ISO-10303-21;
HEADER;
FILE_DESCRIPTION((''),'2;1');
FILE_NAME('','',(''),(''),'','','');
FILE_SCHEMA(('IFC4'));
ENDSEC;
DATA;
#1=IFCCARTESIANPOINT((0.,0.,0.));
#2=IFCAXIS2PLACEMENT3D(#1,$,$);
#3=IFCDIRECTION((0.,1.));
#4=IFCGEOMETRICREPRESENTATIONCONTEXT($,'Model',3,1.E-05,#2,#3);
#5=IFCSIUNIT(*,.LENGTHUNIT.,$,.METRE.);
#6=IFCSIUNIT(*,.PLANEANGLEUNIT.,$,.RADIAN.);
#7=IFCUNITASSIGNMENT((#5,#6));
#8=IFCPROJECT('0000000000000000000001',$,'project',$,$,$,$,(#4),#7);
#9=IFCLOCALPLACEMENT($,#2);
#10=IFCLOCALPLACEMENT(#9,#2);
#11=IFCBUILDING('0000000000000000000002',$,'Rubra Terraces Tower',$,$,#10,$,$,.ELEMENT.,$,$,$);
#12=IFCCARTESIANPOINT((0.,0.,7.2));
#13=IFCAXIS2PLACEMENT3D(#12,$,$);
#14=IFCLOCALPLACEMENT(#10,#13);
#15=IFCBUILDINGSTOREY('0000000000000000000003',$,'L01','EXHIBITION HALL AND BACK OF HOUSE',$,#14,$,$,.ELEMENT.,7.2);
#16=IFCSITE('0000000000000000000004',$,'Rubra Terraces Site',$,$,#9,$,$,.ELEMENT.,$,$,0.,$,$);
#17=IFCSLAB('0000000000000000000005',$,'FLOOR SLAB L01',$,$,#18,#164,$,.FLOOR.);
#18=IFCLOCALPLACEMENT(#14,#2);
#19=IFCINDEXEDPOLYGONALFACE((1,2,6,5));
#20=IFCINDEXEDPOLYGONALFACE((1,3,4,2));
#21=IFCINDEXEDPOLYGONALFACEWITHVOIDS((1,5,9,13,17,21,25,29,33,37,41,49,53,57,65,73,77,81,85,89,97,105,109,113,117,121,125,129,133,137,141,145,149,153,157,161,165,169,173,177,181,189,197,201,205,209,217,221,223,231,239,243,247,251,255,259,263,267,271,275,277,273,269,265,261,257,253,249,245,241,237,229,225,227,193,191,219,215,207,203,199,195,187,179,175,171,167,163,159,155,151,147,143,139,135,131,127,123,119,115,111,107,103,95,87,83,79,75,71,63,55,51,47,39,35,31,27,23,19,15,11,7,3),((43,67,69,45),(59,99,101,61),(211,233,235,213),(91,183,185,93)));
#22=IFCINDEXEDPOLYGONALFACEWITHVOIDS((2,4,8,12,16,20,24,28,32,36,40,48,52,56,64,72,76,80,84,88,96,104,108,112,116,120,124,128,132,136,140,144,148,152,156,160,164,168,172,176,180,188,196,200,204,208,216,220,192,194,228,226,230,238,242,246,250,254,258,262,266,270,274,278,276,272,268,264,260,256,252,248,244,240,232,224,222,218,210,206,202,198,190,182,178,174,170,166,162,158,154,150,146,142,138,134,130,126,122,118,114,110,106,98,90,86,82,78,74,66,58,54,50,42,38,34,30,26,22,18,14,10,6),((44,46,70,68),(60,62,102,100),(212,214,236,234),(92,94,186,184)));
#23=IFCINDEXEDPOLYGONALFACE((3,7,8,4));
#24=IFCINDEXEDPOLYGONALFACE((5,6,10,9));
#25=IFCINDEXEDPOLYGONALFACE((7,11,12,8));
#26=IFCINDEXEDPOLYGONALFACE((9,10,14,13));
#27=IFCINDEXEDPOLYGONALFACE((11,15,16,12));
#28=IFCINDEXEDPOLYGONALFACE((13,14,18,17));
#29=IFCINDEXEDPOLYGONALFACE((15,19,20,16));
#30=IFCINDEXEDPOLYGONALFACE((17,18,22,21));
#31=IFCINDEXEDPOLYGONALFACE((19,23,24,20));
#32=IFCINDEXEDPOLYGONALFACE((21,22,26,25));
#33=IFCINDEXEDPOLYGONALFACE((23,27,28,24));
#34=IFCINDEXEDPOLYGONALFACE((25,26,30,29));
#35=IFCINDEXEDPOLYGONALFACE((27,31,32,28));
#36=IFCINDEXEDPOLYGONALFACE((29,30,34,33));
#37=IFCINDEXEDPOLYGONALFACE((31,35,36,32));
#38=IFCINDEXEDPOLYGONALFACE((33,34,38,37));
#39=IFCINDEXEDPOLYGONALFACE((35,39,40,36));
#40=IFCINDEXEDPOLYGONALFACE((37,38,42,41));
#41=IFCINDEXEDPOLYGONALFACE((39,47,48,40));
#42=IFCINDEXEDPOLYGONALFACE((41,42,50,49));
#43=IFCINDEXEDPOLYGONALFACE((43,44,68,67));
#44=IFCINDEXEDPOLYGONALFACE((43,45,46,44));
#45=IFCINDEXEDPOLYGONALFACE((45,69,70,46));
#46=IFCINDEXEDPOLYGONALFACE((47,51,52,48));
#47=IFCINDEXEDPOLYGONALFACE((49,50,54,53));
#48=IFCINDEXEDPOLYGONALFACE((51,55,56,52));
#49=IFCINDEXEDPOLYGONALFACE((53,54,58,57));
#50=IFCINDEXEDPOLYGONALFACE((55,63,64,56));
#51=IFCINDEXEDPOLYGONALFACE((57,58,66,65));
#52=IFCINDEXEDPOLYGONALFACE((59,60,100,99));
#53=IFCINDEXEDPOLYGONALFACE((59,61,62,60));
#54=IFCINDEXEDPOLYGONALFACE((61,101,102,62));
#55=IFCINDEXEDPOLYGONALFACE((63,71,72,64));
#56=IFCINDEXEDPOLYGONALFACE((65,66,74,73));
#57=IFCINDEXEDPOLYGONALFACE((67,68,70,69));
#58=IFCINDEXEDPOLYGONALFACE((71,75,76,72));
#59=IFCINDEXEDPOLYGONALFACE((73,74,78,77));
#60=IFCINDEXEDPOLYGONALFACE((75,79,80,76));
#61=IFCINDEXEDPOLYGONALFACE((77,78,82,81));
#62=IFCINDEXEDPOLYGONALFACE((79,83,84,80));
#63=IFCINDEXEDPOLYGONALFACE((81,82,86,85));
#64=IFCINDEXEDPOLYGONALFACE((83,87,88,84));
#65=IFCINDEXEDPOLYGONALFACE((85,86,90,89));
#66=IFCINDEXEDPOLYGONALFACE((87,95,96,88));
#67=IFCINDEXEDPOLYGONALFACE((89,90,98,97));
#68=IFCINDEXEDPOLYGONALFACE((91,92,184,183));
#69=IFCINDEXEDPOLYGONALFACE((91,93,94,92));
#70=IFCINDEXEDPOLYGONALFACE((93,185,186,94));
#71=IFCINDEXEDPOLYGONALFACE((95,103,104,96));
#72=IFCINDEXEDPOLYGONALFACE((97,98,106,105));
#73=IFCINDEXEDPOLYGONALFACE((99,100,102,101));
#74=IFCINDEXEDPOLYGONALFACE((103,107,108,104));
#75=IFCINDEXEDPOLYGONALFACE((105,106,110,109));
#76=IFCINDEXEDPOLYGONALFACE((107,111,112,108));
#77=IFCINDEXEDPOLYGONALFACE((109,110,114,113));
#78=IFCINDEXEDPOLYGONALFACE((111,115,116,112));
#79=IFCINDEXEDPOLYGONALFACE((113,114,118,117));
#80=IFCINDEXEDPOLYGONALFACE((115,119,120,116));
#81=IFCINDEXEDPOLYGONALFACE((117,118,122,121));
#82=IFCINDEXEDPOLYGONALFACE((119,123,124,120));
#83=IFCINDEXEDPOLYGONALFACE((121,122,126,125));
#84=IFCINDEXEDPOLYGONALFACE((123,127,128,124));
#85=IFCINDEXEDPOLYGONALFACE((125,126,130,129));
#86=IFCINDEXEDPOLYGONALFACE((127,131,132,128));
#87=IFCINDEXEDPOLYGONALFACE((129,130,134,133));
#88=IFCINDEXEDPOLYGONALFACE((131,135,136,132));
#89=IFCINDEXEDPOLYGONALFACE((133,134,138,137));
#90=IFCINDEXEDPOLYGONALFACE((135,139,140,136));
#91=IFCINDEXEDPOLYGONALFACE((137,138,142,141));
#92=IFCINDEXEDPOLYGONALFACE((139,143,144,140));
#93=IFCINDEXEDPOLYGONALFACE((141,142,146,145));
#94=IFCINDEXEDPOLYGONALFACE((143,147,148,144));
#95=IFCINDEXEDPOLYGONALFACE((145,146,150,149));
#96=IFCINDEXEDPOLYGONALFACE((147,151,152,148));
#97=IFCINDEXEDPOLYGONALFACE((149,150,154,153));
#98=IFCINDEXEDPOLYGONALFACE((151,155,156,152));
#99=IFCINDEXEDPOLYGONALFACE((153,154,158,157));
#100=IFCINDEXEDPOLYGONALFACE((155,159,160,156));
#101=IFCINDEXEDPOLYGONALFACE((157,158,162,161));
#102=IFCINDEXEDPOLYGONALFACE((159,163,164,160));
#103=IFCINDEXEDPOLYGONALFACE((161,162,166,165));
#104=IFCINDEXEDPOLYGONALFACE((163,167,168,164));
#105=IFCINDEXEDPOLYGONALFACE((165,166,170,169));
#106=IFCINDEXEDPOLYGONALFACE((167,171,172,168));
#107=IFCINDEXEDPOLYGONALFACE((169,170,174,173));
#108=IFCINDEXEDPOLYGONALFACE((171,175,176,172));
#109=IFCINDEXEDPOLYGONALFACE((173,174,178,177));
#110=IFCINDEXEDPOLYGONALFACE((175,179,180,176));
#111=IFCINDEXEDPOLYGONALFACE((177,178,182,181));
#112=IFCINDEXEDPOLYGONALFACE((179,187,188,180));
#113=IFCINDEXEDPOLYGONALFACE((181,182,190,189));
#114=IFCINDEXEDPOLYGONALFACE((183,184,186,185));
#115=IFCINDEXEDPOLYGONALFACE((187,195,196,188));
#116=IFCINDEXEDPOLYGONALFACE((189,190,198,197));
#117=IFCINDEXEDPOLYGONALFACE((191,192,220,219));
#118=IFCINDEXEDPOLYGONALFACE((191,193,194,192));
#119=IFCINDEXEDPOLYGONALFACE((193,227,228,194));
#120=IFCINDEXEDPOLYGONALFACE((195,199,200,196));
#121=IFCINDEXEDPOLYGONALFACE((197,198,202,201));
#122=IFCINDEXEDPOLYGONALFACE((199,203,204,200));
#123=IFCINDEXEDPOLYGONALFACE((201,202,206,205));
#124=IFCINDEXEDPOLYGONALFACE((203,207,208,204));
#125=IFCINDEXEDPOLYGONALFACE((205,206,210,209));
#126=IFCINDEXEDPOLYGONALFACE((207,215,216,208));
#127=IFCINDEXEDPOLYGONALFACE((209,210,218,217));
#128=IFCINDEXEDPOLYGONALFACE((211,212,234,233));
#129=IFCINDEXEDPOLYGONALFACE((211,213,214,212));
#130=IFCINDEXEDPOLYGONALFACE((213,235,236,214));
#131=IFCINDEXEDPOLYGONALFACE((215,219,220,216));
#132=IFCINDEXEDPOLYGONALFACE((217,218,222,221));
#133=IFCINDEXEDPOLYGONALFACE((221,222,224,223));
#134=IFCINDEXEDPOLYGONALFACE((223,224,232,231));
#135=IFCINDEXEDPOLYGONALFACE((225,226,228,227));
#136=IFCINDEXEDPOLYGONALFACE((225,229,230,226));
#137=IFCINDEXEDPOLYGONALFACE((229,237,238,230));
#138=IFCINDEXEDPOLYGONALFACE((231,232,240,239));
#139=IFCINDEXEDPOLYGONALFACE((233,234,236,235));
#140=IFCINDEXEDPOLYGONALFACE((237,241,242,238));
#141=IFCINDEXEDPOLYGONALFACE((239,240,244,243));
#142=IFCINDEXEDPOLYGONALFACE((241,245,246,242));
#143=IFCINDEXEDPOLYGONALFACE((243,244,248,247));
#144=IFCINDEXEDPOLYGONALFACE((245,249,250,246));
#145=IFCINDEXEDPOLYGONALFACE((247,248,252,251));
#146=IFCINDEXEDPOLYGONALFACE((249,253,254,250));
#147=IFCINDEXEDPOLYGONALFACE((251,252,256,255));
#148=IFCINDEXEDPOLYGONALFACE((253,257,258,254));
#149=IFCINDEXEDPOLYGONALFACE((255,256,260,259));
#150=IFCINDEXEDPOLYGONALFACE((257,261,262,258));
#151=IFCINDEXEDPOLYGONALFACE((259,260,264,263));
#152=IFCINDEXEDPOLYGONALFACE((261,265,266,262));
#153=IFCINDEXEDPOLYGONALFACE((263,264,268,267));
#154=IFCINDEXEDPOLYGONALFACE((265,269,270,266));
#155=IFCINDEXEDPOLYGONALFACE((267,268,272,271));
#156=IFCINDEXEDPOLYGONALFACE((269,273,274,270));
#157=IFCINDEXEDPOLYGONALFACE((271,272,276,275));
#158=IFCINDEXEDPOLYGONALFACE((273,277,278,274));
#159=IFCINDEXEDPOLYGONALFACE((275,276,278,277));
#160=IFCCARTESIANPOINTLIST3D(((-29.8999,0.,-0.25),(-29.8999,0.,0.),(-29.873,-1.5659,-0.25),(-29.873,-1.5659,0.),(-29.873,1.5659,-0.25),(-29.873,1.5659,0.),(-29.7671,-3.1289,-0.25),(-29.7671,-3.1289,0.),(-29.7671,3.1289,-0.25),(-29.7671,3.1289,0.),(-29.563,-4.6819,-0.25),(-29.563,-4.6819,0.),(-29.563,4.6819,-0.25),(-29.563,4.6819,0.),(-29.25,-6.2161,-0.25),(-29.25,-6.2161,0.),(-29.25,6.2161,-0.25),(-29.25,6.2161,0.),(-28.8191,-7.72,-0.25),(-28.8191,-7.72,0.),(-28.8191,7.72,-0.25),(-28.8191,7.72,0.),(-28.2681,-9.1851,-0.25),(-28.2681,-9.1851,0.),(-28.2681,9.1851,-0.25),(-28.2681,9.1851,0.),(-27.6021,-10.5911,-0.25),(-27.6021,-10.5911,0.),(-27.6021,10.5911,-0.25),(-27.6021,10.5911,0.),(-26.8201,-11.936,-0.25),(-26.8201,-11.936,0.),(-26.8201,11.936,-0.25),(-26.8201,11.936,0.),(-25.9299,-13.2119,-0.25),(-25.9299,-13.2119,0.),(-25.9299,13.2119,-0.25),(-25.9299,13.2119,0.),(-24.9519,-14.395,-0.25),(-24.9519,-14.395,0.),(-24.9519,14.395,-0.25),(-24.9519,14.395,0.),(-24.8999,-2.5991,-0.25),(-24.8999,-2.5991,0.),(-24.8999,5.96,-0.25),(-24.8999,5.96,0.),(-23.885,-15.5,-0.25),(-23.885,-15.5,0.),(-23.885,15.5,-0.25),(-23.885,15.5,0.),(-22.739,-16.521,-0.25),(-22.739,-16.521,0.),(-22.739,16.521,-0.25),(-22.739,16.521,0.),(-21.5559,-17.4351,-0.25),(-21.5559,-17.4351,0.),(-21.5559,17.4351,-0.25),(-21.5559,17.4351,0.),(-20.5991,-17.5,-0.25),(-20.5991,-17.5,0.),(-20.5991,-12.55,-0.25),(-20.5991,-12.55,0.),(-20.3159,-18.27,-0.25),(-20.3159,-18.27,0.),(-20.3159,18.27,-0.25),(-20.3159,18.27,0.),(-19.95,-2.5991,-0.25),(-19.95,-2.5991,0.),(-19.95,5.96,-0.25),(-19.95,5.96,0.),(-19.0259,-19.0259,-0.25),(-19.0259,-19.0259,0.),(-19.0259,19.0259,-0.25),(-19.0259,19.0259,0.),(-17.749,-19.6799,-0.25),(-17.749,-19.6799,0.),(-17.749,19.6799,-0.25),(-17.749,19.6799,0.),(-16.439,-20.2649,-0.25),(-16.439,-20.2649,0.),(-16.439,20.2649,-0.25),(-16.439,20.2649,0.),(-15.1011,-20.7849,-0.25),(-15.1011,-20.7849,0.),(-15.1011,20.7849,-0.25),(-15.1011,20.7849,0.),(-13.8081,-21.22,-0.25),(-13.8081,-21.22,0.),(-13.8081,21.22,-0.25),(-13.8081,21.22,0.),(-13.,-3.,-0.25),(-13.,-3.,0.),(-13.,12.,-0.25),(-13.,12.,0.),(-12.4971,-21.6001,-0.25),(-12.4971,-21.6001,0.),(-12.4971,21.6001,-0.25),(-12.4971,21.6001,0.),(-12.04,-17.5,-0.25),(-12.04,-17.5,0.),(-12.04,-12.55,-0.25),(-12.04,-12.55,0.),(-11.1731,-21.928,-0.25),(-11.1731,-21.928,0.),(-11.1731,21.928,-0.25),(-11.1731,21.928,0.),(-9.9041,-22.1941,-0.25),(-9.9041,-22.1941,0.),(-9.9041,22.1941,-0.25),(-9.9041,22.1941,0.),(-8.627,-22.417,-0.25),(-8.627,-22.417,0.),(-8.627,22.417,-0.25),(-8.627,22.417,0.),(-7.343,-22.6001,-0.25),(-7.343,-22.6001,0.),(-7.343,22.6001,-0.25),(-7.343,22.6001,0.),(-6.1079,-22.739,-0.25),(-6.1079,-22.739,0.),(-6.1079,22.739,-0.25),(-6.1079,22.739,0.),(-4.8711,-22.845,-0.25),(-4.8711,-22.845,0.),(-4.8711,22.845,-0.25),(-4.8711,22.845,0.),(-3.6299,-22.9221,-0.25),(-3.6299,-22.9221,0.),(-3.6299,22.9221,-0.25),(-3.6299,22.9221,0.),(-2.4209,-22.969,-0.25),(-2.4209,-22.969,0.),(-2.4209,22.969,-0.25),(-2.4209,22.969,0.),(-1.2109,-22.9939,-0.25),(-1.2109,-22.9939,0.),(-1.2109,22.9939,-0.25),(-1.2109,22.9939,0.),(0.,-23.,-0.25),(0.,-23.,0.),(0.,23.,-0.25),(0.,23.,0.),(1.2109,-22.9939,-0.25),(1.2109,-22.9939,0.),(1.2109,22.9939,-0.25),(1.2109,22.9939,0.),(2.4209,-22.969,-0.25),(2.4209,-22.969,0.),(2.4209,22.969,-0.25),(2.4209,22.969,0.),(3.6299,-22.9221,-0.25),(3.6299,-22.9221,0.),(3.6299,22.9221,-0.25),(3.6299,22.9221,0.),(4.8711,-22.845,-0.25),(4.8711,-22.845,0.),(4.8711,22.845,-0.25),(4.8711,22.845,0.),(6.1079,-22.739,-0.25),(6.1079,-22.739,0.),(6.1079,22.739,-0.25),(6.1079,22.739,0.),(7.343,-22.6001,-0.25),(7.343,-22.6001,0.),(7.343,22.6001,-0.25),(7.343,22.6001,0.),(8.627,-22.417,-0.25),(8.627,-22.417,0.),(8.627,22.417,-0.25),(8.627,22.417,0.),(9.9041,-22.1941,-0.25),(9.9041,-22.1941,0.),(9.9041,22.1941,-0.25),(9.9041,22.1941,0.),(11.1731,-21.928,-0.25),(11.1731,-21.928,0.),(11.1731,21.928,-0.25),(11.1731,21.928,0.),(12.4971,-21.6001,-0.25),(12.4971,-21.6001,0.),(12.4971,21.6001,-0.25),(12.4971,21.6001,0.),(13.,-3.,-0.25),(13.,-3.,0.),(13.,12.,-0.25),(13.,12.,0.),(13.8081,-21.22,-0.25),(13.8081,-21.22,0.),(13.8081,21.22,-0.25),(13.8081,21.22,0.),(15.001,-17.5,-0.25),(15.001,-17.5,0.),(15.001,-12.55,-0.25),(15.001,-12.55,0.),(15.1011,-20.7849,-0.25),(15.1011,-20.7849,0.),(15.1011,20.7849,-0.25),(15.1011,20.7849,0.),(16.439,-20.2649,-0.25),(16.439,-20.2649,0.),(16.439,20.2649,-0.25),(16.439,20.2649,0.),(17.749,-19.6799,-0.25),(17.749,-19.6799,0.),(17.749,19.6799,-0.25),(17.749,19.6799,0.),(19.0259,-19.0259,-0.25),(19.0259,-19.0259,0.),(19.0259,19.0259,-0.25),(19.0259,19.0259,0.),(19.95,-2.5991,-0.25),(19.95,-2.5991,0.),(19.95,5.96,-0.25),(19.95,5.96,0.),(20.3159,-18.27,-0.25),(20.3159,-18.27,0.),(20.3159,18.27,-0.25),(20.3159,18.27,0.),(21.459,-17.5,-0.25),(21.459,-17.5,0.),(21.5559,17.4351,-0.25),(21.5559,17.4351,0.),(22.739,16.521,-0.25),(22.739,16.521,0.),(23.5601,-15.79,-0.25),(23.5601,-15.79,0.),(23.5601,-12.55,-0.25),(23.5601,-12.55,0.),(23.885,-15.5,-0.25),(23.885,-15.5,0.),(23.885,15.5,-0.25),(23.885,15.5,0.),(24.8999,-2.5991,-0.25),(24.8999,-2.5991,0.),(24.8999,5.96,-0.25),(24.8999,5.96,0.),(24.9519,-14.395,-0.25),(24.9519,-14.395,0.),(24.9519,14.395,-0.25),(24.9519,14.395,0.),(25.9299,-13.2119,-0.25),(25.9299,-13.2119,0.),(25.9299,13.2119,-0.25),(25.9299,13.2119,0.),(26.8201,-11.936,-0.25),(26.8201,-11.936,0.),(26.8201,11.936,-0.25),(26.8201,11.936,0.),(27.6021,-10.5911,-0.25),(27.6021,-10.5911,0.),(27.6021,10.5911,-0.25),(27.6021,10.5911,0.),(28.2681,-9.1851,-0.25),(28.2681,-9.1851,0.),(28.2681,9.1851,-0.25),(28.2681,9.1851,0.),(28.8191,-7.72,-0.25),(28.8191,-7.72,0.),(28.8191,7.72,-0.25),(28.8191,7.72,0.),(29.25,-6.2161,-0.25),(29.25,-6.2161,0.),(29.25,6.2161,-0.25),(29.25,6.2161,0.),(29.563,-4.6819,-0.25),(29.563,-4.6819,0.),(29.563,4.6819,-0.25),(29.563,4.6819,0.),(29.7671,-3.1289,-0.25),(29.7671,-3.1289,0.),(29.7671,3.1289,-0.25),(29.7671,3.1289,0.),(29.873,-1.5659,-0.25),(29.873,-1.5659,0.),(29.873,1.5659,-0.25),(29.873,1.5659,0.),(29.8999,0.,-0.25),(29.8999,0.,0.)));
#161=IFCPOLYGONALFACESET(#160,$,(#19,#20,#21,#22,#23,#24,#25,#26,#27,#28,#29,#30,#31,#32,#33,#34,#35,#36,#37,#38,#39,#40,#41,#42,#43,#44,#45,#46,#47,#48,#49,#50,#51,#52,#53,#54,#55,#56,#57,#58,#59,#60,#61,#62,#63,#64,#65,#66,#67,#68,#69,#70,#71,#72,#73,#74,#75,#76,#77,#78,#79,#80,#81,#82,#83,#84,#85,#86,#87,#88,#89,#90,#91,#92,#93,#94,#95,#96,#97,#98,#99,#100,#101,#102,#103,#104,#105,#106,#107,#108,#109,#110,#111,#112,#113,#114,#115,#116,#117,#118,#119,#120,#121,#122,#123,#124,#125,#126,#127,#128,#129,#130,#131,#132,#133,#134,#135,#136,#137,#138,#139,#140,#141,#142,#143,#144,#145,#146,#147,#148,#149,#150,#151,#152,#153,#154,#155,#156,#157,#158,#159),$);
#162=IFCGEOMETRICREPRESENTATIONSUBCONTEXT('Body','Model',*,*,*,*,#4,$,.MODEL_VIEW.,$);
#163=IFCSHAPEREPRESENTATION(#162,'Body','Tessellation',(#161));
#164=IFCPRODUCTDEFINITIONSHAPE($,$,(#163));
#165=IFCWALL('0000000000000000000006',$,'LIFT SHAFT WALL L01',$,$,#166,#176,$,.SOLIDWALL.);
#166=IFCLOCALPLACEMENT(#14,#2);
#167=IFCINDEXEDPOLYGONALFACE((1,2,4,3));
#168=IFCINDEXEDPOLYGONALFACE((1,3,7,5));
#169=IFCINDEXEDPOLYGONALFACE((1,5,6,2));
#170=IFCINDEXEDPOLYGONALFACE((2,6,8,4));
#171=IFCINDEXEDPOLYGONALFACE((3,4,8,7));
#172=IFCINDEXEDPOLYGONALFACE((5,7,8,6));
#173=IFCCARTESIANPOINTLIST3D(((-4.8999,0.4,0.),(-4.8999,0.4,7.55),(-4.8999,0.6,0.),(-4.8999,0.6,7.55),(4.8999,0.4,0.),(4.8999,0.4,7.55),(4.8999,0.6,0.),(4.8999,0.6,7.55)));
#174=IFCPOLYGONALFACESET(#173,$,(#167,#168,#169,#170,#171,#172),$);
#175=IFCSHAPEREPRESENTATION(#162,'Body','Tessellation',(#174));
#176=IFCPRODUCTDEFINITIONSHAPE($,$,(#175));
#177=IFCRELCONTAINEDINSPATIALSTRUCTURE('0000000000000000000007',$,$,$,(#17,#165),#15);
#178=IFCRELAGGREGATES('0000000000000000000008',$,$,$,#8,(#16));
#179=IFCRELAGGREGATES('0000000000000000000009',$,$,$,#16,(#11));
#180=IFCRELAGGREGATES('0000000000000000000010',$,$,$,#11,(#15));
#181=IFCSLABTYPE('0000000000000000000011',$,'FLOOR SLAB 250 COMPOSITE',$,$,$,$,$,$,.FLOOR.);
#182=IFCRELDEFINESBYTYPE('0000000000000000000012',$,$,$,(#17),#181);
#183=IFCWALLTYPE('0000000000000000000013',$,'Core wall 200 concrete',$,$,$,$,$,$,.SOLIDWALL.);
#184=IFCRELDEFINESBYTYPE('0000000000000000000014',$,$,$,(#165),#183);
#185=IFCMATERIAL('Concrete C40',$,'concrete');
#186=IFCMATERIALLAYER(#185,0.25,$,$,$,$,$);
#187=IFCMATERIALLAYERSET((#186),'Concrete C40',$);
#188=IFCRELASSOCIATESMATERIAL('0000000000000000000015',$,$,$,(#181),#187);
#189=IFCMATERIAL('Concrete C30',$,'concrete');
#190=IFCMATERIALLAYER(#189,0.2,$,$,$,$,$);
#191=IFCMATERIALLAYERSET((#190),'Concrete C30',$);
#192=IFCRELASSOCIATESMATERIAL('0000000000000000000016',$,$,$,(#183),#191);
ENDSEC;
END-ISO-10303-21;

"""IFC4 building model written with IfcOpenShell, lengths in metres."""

from ifc_helpers import new_model, si_unit, direction, frame, frame_2d, origin, place, context, subcontext, project, spatial, polyline, rectangle, outline, extrude, material, layer, layer_set, type_object, element, save


model = new_model("IFC4")

# Units and contexts
model_context = context("Model", 3, precision=1e-05, world=origin(), true_north=direction((0.0, 1.0)))
body_context = subcontext(model_context, "Body", "Model", "MODEL_VIEW")
ifc_project = project(units=[si_unit("LENGTHUNIT", "METRE"), si_unit("PLANEANGLEUNIT", "RADIAN")], contexts=[model_context])

# Site, building, storey
site_placement = place(None, origin())
site = spatial("IfcSite", under=ifc_project, at=site_placement, Name="Rubra Terraces Site", CompositionType="ELEMENT", RefElevation=0.0)
building_placement = place(site_placement, origin())
building = spatial("IfcBuilding", under=site, at=building_placement, Name="Rubra Terraces Tower", CompositionType="ELEMENT")
storey_placement = place(building_placement, frame((0.0, 0.0, 7.2)))
storey = spatial("IfcBuildingStorey", under=building, at=storey_placement, Name="L01", Description="EXHIBITION HALL AND BACK OF HOUSE", CompositionType="ELEMENT", Elevation=7.2)

# Slab
ifc_material_1 = material(Name="Concrete C40", Category="concrete")
ifc_layer_1 = layer(ifc_material_1, 0.25)
ifc_layer_set_1 = layer_set([ifc_layer_1], Name="Concrete C40")
slab_type_1 = type_object("IfcSlabType", Name="FLOOR SLAB 250 COMPOSITE", PredefinedType="FLOOR", material=ifc_layer_set_1)
slab_1_placement = place(storey_placement, frame((0.0, 0.0, -0.25)))
element("IfcSlab", 1, at=slab_1_placement, inside=storey, type_object=slab_type_1, Name="FLOOR SLAB L01", PredefinedType="FLOOR", context=body_context, shape_type="SweptSolid", body=[
    extrude(outline(polyline([(28.8191, -7.72), (29.25, -6.2161), (29.563, -4.6819), (29.7671, -3.1289), (29.873, -1.5659), (29.8999, 0.0), (29.873, 1.5659), (29.7671, 3.1289), (29.563, 4.6819), (29.25, 6.2161), (28.8191, 7.72), (28.2681, 9.1851), (27.6021, 10.5911), (26.8201, 11.936), (25.9299, 13.2119), (24.9519, 14.395), (23.885, 15.5), (22.739, 16.521), (21.5559, 17.4351), (20.3159, 18.27), (19.0259, 19.0259), (17.749, 19.6799), (16.439, 20.2649), (15.1011, 20.7849), (13.8081, 21.22), (12.4971, 21.6001), (11.1731, 21.928), (9.9041, 22.1941), (8.627, 22.417), (7.343, 22.6001), (6.1079, 22.739), (4.8711, 22.845), (3.6299, 22.9221), (2.4209, 22.969), (1.2109, 22.9939), (0.0, 23.0), (-1.2109, 22.9939), (-2.4209, 22.969), (-3.6299, 22.9221), (-4.8711, 22.845), (-6.1079, 22.739), (-7.343, 22.6001), (-8.627, 22.417), (-9.9041, 22.1941), (-11.1731, 21.928), (-12.4971, 21.6001), (-13.8081, 21.22), (-15.1011, 20.7849), (-16.439, 20.2649), (-17.749, 19.6799), (-19.0259, 19.0259), (-20.3159, 18.27), (-21.5559, 17.4351), (-22.739, 16.521), (-23.885, 15.5), (-24.9519, 14.395), (-25.9299, 13.2119), (-26.8201, 11.936), (-27.6021, 10.5911), (-28.2681, 9.1851), (-28.8191, 7.72), (-29.25, 6.2161), (-29.563, 4.6819), (-29.7671, 3.1289), (-29.873, 1.5659), (-29.8999, 0.0), (-29.873, -1.5659), (-29.7671, -3.1289), (-29.563, -4.6819), (-29.25, -6.2161), (-28.8191, -7.72), (-28.2681, -9.1851), (-27.6021, -10.5911), (-26.8201, -11.936), (-25.9299, -13.2119), (-24.9519, -14.395), (-23.885, -15.5), (-22.739, -16.521), (-21.5559, -17.4351), (-20.3159, -18.27), (-19.0259, -19.0259), (-17.749, -19.6799), (-16.439, -20.2649), (-15.1011, -20.7849), (-13.8081, -21.22), (-12.4971, -21.6001), (-11.1731, -21.928), (-9.9041, -22.1941), (-8.627, -22.417), (-7.343, -22.6001), (-6.1079, -22.739), (-4.8711, -22.845), (-3.6299, -22.9221), (-2.4209, -22.969), (-1.2109, -22.9939), (0.0, -23.0), (1.2109, -22.9939), (2.4209, -22.969), (3.6299, -22.9221), (4.8711, -22.845), (6.1079, -22.739), (7.343, -22.6001), (8.627, -22.417), (9.9041, -22.1941), (11.1731, -21.928), (12.4971, -21.6001), (13.8081, -21.22), (15.1011, -20.7849), (16.439, -20.2649), (17.749, -19.6799), (19.0259, -19.0259), (20.3159, -18.27), (21.459, -17.5), (15.001, -17.5), (15.001, -12.55), (23.5601, -12.55), (23.5601, -15.79), (23.885, -15.5), (24.9519, -14.395), (25.9299, -13.2119), (26.8201, -11.936), (27.6021, -10.5911), (28.2681, -9.1851), (28.8191, -7.72)]), holes=[polyline([(13.0, 12.0), (13.0, -3.0), (-13.0, -3.0), (-13.0, 12.0), (13.0, 12.0)]), polyline([(-19.95, -2.5991), (-24.8999, -2.5991), (-24.8999, 5.96), (-19.95, 5.96), (-19.95, -2.5991)]), polyline([(19.95, -2.5991), (19.95, 5.96), (24.8999, 5.96), (24.8999, -2.5991), (19.95, -2.5991)]), polyline([(-12.04, -12.55), (-12.04, -17.5), (-20.5991, -17.5), (-20.5991, -12.55), (-12.04, -12.55)])]), origin(), (0.0, 0.0, 1.0), 0.25),
])

# Wall
ifc_material_2 = material(Name="Concrete C30", Category="concrete")
ifc_layer_2 = layer(ifc_material_2, 0.2)
ifc_layer_set_2 = layer_set([ifc_layer_2], Name="Concrete C30")
wall_type_1 = type_object("IfcWallType", Name="Core wall 200 concrete", PredefinedType="SOLIDWALL", material=ifc_layer_set_2)
wall_1_placement = place(storey_placement, frame((-4.8999, 0.5, 0.0), z_axis=(0.0, 0.0, 1.0), x_axis=(1.0, 0.0, 0.0)))
element("IfcWall", 2, at=wall_1_placement, inside=storey, type_object=wall_type_1, Name="LIFT SHAFT WALL L01", PredefinedType="SOLIDWALL", context=body_context, shape_type="SweptSolid", body=[
    extrude(rectangle(XDim=9.7998, YDim=0.2, at=frame_2d((4.8999, 0.0))), origin(), (0.0, 0.0, 1.0), 7.55),
])

save(model, "model.ifc")
